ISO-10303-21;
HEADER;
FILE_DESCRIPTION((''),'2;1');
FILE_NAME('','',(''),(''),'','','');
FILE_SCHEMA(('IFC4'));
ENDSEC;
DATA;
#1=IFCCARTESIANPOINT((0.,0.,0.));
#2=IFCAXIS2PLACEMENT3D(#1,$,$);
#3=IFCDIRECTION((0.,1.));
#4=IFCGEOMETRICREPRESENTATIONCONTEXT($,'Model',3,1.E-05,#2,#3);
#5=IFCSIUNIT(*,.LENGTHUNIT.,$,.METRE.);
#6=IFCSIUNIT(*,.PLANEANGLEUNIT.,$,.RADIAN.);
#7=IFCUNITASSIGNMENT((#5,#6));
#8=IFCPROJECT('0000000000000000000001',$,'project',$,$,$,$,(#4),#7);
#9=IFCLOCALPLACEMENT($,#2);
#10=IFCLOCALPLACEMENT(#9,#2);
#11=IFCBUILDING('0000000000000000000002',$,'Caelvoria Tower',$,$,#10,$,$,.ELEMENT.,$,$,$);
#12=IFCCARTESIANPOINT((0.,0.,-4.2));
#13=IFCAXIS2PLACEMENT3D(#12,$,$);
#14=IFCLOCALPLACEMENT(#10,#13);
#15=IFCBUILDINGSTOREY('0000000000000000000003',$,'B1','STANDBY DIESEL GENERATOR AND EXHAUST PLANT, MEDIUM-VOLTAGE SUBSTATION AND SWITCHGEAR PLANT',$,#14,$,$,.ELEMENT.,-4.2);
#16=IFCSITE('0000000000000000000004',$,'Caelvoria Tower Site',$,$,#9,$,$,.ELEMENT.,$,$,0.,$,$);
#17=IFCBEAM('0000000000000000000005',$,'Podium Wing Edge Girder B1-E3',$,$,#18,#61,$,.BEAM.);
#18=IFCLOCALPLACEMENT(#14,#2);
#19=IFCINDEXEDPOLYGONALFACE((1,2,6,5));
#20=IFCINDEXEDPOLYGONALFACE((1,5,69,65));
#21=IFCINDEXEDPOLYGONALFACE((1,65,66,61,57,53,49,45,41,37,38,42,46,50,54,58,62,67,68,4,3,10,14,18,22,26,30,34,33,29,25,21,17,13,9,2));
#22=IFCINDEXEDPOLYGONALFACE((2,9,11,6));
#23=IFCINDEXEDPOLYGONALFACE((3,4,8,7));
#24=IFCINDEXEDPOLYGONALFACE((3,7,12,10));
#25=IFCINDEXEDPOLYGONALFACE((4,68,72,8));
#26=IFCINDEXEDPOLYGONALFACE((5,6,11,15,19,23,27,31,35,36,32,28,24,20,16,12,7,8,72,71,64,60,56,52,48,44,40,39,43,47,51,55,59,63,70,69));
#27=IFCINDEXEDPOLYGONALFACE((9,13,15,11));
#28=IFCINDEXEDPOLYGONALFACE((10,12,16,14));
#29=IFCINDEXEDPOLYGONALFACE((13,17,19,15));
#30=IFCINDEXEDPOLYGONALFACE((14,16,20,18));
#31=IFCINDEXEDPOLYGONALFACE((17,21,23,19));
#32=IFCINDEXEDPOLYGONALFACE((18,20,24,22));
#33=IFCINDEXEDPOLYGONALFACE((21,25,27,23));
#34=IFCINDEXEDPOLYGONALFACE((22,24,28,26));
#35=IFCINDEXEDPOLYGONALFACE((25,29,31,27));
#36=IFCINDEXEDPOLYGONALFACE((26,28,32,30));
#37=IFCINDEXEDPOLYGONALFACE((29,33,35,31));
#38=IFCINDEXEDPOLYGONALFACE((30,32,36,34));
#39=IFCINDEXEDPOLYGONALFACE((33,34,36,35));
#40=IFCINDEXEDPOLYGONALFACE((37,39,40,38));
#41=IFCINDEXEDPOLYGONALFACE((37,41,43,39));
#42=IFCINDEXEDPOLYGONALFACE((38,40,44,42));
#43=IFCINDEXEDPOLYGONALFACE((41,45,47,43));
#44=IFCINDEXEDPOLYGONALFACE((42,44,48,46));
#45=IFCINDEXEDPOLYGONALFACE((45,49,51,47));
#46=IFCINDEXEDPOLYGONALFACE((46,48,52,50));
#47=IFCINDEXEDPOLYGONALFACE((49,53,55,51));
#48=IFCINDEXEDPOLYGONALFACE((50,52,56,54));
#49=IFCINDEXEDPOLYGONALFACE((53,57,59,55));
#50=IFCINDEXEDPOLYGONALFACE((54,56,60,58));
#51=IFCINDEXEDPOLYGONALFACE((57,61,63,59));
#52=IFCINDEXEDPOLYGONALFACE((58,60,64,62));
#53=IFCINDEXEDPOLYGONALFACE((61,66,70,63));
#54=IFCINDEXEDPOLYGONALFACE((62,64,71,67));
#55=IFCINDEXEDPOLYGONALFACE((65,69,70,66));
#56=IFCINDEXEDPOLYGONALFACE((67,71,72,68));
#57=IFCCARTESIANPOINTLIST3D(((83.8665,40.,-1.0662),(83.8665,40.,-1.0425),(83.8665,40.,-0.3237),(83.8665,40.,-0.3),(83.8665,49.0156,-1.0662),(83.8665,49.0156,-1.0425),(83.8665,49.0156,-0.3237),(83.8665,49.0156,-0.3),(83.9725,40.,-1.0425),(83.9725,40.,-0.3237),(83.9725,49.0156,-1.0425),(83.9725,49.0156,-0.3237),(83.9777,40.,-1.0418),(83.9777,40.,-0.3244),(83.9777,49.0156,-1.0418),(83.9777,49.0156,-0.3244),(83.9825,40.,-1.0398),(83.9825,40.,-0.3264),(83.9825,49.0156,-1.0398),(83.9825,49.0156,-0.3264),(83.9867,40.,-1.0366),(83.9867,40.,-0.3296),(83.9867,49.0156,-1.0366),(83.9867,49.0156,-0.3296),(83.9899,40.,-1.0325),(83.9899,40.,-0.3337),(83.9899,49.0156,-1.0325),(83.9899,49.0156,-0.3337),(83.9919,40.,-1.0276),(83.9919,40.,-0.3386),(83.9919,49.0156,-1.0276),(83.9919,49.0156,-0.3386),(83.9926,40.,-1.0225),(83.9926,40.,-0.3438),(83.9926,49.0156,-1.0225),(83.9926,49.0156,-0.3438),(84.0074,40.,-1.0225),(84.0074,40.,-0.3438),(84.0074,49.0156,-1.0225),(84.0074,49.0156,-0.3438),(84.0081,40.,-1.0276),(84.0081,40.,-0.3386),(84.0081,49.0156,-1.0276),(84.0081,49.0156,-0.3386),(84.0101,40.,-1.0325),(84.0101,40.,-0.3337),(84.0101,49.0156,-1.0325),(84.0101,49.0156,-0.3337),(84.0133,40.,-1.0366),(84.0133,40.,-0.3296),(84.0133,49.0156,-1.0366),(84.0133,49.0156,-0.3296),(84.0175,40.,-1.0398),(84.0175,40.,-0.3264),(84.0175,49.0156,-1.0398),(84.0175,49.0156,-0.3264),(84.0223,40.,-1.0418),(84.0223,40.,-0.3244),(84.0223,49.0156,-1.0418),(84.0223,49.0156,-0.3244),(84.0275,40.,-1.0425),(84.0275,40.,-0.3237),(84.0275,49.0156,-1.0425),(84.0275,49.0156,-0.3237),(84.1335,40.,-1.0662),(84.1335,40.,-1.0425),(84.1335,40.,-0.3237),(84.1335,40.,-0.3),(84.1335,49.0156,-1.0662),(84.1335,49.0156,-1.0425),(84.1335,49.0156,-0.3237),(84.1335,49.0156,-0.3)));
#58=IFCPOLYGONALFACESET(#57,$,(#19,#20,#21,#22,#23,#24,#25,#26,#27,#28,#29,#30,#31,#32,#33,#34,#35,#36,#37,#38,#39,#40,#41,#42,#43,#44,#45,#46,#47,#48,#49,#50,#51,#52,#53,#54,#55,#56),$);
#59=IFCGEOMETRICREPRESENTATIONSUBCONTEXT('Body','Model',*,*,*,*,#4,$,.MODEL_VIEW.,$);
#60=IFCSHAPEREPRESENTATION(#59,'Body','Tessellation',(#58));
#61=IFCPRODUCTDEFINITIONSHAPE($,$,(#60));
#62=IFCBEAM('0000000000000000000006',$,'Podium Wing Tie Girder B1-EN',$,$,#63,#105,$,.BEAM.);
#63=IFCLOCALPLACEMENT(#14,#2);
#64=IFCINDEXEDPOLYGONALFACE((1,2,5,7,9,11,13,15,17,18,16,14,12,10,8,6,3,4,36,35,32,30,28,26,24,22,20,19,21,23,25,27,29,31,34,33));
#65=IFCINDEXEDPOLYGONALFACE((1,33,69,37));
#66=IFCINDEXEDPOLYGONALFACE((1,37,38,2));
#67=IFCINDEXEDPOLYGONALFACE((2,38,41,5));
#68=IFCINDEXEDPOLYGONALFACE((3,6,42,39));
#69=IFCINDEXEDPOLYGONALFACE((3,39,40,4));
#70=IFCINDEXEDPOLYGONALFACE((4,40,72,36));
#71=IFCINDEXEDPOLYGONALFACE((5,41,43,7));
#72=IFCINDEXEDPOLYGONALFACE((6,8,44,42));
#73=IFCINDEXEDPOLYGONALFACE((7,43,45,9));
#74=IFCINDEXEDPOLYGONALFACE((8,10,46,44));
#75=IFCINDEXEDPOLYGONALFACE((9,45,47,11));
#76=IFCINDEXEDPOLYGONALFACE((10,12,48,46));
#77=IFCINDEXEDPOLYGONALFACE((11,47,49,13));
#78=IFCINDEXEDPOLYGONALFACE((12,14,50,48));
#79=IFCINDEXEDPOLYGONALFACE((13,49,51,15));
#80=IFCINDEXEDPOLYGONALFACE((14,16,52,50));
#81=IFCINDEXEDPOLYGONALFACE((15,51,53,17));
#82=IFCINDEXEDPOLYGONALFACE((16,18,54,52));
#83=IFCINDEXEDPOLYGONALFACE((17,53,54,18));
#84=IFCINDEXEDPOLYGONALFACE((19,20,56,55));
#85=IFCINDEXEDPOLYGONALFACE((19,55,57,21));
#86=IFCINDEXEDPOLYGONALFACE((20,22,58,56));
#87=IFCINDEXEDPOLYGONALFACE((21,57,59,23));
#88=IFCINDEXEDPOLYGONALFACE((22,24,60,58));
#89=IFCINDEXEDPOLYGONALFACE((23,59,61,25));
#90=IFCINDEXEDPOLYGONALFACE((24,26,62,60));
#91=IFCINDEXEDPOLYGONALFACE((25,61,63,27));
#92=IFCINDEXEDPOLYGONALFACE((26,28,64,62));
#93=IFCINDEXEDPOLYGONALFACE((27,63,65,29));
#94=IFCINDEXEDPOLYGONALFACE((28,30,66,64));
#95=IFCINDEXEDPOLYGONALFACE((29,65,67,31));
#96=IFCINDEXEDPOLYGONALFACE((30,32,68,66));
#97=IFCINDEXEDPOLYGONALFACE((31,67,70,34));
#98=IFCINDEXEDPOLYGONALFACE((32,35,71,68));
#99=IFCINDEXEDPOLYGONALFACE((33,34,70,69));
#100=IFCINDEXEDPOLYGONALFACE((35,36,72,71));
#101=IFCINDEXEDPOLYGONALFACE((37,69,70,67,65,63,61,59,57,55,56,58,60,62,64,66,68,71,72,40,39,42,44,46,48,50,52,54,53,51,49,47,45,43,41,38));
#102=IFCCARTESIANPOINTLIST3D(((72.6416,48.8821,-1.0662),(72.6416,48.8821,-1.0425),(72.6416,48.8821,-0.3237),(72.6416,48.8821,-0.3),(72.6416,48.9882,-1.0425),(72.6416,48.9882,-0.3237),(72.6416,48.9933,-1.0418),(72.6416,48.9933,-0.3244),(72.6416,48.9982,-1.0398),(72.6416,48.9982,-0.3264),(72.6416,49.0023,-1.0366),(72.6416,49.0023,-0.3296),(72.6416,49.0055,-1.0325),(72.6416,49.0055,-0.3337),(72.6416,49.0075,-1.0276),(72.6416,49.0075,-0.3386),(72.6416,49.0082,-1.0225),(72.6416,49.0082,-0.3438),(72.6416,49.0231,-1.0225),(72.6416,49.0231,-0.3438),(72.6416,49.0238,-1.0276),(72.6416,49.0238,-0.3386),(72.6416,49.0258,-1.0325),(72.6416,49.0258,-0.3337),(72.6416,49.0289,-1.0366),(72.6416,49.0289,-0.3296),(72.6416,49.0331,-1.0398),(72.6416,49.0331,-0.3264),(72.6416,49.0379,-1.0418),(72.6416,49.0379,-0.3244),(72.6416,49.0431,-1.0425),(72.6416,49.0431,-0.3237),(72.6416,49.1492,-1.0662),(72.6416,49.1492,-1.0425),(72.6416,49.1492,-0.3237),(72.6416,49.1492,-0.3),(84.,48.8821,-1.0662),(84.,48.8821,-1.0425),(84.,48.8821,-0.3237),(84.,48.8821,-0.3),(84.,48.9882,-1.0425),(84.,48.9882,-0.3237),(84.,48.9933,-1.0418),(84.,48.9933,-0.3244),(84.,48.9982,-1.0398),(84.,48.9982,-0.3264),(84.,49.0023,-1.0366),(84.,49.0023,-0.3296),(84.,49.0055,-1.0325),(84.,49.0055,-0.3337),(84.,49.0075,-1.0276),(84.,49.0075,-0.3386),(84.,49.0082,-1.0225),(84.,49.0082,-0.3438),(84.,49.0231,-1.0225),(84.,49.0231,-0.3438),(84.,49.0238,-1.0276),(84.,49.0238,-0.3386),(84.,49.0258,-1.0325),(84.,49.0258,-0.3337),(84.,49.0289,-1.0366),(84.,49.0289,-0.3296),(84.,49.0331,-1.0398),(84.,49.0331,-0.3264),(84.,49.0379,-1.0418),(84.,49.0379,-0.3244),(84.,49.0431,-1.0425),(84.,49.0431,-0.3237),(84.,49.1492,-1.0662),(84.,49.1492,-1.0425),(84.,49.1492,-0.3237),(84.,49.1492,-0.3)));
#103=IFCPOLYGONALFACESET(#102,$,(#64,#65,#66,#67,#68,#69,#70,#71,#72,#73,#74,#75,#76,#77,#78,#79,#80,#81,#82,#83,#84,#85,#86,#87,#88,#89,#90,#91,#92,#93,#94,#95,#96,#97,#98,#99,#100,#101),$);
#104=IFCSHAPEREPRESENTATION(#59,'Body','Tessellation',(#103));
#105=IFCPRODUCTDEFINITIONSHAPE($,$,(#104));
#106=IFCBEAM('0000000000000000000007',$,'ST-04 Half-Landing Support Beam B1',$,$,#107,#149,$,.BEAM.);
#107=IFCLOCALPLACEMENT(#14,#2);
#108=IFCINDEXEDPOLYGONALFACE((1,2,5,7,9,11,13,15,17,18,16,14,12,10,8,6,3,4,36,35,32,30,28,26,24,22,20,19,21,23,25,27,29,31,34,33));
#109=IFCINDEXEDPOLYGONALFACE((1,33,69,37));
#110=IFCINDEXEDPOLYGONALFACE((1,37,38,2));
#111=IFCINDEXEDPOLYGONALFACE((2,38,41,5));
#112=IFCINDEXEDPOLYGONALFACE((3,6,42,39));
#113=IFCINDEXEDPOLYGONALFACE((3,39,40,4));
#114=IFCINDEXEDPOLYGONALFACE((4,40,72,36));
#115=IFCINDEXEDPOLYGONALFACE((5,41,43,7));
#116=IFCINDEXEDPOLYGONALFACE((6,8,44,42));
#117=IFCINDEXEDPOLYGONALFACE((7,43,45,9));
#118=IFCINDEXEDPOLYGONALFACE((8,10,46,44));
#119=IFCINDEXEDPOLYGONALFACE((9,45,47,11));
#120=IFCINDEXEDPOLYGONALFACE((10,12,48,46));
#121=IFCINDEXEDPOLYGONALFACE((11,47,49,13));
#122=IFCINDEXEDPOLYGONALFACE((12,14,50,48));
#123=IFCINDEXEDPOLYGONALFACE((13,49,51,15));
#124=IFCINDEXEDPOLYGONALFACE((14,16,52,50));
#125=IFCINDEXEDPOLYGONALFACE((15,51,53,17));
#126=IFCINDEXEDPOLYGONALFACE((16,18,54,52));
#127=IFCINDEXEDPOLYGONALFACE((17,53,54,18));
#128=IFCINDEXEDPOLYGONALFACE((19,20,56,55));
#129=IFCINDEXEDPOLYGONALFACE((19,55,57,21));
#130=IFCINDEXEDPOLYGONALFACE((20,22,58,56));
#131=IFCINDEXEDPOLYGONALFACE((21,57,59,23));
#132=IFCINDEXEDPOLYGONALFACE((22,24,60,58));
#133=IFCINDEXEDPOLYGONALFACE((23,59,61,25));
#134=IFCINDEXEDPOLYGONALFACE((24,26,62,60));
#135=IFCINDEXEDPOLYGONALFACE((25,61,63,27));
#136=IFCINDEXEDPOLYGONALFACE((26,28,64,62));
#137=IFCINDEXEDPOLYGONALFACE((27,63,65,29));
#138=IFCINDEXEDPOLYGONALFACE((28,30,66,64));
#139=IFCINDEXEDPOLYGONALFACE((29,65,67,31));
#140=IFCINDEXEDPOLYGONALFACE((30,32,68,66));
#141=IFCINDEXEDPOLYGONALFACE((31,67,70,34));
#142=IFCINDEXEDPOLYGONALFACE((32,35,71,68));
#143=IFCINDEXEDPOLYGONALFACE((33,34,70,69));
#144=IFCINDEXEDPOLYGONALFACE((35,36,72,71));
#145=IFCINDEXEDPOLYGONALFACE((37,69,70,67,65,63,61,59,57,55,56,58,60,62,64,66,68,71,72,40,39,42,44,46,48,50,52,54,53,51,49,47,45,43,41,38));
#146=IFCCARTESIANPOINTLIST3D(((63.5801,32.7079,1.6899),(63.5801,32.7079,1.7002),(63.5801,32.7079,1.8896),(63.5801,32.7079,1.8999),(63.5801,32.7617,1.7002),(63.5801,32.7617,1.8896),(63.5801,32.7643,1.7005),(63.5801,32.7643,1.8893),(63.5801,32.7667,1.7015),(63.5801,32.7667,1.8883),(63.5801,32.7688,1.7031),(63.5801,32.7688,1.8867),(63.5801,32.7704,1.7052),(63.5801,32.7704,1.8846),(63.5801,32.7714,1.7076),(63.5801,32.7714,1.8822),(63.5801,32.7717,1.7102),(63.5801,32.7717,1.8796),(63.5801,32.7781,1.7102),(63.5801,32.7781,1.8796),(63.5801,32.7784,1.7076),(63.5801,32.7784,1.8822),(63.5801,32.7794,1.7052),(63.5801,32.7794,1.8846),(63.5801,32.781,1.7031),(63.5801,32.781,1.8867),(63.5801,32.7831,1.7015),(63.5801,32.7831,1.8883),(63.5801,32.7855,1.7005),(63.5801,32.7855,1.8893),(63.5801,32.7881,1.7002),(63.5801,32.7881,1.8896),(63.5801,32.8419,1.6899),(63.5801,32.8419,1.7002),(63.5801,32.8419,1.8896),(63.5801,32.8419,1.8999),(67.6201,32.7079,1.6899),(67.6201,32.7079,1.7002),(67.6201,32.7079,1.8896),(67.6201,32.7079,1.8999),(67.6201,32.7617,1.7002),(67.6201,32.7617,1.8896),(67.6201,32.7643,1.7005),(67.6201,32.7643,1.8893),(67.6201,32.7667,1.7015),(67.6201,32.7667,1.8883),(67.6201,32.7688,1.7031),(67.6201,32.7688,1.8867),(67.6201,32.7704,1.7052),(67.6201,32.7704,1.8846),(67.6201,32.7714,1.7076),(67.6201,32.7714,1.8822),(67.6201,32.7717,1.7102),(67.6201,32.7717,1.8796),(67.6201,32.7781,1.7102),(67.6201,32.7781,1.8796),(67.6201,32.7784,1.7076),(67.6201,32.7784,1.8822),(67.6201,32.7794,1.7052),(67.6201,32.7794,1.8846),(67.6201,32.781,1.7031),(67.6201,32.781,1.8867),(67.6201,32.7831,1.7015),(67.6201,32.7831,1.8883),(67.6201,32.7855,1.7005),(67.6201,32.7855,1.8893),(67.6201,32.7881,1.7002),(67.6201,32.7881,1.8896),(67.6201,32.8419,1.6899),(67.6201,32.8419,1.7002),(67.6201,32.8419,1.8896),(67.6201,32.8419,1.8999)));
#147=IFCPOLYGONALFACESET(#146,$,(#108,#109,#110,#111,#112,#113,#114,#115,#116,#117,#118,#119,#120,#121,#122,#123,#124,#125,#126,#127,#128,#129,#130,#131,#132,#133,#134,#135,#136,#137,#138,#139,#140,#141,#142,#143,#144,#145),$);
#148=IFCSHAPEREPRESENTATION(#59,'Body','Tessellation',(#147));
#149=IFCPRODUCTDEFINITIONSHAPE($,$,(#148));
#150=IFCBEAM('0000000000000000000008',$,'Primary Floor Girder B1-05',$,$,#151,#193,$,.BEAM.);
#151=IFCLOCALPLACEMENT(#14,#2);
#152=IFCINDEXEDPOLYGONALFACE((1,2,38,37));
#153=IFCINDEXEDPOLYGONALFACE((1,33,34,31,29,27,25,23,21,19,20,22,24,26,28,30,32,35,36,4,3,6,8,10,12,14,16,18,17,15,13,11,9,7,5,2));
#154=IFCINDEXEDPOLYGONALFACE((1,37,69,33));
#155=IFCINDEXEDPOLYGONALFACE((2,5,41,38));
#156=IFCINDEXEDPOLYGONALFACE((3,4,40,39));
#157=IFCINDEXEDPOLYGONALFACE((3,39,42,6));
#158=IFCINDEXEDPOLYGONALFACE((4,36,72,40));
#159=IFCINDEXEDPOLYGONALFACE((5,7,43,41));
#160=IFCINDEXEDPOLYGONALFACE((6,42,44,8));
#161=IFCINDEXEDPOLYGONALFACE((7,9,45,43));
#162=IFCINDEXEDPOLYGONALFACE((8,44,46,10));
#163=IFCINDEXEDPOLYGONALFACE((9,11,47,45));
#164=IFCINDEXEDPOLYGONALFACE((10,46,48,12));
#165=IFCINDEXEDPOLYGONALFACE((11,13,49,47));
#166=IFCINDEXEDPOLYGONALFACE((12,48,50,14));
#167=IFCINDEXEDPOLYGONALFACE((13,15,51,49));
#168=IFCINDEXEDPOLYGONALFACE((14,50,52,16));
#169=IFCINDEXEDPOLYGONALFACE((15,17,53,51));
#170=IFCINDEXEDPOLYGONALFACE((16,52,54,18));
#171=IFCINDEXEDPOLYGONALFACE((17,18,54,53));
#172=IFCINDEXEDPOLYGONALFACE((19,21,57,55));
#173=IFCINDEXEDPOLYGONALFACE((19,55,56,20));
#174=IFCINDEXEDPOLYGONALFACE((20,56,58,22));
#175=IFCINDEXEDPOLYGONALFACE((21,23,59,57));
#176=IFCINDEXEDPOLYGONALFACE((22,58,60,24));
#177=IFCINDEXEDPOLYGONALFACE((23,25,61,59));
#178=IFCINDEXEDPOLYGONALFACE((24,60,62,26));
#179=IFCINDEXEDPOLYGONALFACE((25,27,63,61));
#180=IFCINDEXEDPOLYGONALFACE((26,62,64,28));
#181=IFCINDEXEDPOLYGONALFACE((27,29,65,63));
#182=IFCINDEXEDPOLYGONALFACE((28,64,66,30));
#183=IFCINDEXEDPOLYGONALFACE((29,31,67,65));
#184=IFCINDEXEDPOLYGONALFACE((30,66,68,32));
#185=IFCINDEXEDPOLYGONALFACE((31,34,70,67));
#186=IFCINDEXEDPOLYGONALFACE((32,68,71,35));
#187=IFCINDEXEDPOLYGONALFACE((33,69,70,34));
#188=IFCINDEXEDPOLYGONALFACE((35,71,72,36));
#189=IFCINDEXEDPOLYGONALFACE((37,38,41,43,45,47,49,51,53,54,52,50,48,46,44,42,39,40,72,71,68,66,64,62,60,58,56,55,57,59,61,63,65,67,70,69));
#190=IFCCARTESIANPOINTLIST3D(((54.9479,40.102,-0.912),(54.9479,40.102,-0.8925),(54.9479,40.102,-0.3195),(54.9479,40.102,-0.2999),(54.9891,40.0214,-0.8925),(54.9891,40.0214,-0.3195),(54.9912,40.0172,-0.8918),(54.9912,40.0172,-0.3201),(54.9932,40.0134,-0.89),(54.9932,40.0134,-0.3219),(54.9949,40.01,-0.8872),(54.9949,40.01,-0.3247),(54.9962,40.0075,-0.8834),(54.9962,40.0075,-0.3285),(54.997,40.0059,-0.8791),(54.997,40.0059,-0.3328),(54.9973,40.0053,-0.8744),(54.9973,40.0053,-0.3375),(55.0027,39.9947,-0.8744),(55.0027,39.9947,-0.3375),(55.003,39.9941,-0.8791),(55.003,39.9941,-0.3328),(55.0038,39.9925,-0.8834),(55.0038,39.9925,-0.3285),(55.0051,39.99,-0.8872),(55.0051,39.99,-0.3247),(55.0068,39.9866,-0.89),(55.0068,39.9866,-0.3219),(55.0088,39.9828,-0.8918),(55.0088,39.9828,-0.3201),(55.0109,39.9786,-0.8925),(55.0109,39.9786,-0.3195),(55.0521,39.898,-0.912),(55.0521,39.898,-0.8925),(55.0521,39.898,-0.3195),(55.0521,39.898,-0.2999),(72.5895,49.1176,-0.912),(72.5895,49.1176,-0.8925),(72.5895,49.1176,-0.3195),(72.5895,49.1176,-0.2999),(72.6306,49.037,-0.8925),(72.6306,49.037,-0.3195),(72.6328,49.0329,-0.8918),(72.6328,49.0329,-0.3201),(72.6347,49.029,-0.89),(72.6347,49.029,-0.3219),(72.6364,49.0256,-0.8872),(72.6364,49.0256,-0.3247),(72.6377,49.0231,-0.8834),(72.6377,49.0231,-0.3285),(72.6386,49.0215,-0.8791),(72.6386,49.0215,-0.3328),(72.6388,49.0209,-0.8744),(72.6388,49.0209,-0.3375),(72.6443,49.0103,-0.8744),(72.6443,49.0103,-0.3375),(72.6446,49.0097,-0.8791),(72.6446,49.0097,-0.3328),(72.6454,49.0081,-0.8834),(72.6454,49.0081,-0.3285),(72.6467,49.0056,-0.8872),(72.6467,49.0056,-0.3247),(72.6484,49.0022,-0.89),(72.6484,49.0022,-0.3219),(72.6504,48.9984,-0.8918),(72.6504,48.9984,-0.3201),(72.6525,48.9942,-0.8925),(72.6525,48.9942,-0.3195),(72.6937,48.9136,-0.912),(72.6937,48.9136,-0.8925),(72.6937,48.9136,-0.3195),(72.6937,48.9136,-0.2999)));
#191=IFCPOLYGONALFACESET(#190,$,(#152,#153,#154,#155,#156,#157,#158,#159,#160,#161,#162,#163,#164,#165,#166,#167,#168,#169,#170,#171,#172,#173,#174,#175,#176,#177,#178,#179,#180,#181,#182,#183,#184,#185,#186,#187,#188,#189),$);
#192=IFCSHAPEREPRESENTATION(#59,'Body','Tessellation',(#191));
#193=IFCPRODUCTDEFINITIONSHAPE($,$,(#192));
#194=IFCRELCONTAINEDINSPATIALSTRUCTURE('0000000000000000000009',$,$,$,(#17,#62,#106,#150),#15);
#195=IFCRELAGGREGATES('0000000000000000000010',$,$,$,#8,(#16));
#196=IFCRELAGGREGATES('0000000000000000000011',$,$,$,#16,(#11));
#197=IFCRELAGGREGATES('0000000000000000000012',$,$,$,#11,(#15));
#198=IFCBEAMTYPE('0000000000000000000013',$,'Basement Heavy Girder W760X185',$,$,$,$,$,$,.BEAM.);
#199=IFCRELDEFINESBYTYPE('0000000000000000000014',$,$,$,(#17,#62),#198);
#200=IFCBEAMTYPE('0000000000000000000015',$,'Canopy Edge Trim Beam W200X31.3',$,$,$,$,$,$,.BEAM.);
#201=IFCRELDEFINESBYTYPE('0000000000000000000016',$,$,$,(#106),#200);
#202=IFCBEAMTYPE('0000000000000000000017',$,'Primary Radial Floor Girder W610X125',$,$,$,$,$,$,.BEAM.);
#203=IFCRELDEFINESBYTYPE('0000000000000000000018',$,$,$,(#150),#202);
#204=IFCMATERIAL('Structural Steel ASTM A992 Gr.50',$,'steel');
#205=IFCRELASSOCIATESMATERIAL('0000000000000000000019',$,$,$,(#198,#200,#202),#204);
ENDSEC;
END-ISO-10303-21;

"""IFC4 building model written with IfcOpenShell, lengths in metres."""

from ifc_helpers import new_model, si_unit, direction, frame, origin, origin_2d, place, context, subcontext, project, spatial, i_section, extrude, material, material_profile, profile_set, type_object, element, save


model = new_model("IFC4")

# Units and contexts
model_context = context("Model", 3, precision=1e-05, world=origin(), true_north=direction((0.0, 1.0)))
body_context = subcontext(model_context, "Body", "Model", "MODEL_VIEW")
ifc_project = project(units=[si_unit("LENGTHUNIT", "METRE"), si_unit("PLANEANGLEUNIT", "RADIAN")], contexts=[model_context])

# Site, building, storey
site_placement = place(None, origin())
site = spatial("IfcSite", under=ifc_project, at=site_placement, Name="Caelvoria Tower Site", CompositionType="ELEMENT", RefElevation=0.0)
building_placement = place(site_placement, origin())
building = spatial("IfcBuilding", under=site, at=building_placement, Name="Caelvoria Tower", CompositionType="ELEMENT")
storey_placement = place(building_placement, frame((0.0, 0.0, -4.2)))
storey = spatial("IfcBuildingStorey", under=building, at=storey_placement, Name="B1", Description="STANDBY DIESEL GENERATOR AND EXHAUST PLANT, MEDIUM-VOLTAGE SUBSTATION AND SWITCHGEAR PLANT", CompositionType="ELEMENT", Elevation=-4.2)

# Beams
ifc_material_1 = material(Name="Structural Steel ASTM A992 Gr.50", Category="steel")
ifc_material_profile_1 = material_profile(ifc_material_1, i_section(OverallWidth=0.2671, OverallDepth=0.7661, WebThickness=0.0149, FlangeThickness=0.0237, FilletRadius=0.02, at=origin_2d()), Name="Structural Steel ASTM A992 Gr.50")
ifc_profile_set_1 = profile_set([ifc_material_profile_1], Name="W760X185 - Structural Steel ASTM A992 Gr.50")
beam_type_1 = type_object("IfcBeamType", Name="Basement Heavy Girder W760X185", PredefinedType="BEAM", material=ifc_profile_set_1)
beam_1_placement = place(storey_placement, frame((84.0, 40.0, -0.6831), z_axis=(0.0, 1.0, 0.0), x_axis=(-1.0, 0.0, 0.0)))
element("IfcBeam", 1, at=beam_1_placement, inside=storey, type_object=beam_type_1, Name="Podium Wing Edge Girder B1-E3", PredefinedType="BEAM", context=body_context, shape_type="SweptSolid", body=[
    extrude(i_section(OverallWidth=0.2671, OverallDepth=0.7661, WebThickness=0.0149, FlangeThickness=0.0237, FilletRadius=0.02, at=origin_2d()), origin(), (0.0, 0.0, 1.0), 9.0156),
])
beam_2_placement = place(storey_placement, frame((84.0, 49.0156, -0.6831), z_axis=(-1.0, 0.0, 0.0), x_axis=(0.0, -1.0, 0.0)))
element("IfcBeam", 2, at=beam_2_placement, inside=storey, type_object=beam_type_1, Name="Podium Wing Tie Girder B1-EN", PredefinedType="BEAM", context=body_context, shape_type="SweptSolid", body=[
    extrude(i_section(OverallWidth=0.2671, OverallDepth=0.7661, WebThickness=0.0149, FlangeThickness=0.0237, FilletRadius=0.02, at=origin_2d()), origin(), (0.0, 0.0, 1.0), 11.3584),
])
ifc_material_profile_2 = material_profile(ifc_material_1, i_section(OverallWidth=0.134, OverallDepth=0.21, WebThickness=0.0063, FlangeThickness=0.0103, FilletRadius=0.01, at=origin_2d()), Name="Structural Steel ASTM A992 Gr.50")
ifc_profile_set_2 = profile_set([ifc_material_profile_2], Name="W200X31.3 - Structural Steel ASTM A992 Gr.50")
beam_type_2 = type_object("IfcBeamType", Name="Canopy Edge Trim Beam W200X31.3", PredefinedType="BEAM", material=ifc_profile_set_2)
beam_3_placement = place(storey_placement, frame((63.5801, 32.7749, 1.7949), z_axis=(1.0, 0.0, 0.0), x_axis=(0.0, 1.0, 0.0)))
element("IfcBeam", 3, at=beam_3_placement, inside=storey, type_object=beam_type_2, Name="ST-04 Half-Landing Support Beam B1", PredefinedType="BEAM", context=body_context, shape_type="SweptSolid", body=[
    extrude(i_section(OverallWidth=0.134, OverallDepth=0.21, WebThickness=0.0063, FlangeThickness=0.0103, FilletRadius=0.01, at=origin_2d()), origin(), (0.0, 0.0, 1.0), 4.04),
])
ifc_material_profile_3 = material_profile(ifc_material_1, i_section(OverallWidth=0.229, OverallDepth=0.6121, WebThickness=0.012, FlangeThickness=0.0195, FilletRadius=0.0181, at=origin_2d()), Name="Structural Steel ASTM A992 Gr.50")
ifc_profile_set_3 = profile_set([ifc_material_profile_3], Name="W610X125 - Structural Steel ASTM A992 Gr.50")
beam_type_3 = type_object("IfcBeamType", Name="Primary Radial Floor Girder W610X125", PredefinedType="BEAM", material=ifc_profile_set_3)
beam_4_placement = place(storey_placement, frame((55.0, 40.0, -0.606), z_axis=(0.890459, 0.455063, 0.0), x_axis=(-0.455063, 0.890459, 0.0)))
element("IfcBeam", 4, at=beam_4_placement, inside=storey, type_object=beam_type_3, Name="Primary Floor Girder B1-05", PredefinedType="BEAM", context=body_context, shape_type="SweptSolid", body=[
    extrude(i_section(OverallWidth=0.229, OverallDepth=0.6121, WebThickness=0.012, FlangeThickness=0.0195, FilletRadius=0.0181, at=origin_2d()), origin(), (0.0, 0.0, 1.0), 19.8118),
])

save(model, "model.ifc")
